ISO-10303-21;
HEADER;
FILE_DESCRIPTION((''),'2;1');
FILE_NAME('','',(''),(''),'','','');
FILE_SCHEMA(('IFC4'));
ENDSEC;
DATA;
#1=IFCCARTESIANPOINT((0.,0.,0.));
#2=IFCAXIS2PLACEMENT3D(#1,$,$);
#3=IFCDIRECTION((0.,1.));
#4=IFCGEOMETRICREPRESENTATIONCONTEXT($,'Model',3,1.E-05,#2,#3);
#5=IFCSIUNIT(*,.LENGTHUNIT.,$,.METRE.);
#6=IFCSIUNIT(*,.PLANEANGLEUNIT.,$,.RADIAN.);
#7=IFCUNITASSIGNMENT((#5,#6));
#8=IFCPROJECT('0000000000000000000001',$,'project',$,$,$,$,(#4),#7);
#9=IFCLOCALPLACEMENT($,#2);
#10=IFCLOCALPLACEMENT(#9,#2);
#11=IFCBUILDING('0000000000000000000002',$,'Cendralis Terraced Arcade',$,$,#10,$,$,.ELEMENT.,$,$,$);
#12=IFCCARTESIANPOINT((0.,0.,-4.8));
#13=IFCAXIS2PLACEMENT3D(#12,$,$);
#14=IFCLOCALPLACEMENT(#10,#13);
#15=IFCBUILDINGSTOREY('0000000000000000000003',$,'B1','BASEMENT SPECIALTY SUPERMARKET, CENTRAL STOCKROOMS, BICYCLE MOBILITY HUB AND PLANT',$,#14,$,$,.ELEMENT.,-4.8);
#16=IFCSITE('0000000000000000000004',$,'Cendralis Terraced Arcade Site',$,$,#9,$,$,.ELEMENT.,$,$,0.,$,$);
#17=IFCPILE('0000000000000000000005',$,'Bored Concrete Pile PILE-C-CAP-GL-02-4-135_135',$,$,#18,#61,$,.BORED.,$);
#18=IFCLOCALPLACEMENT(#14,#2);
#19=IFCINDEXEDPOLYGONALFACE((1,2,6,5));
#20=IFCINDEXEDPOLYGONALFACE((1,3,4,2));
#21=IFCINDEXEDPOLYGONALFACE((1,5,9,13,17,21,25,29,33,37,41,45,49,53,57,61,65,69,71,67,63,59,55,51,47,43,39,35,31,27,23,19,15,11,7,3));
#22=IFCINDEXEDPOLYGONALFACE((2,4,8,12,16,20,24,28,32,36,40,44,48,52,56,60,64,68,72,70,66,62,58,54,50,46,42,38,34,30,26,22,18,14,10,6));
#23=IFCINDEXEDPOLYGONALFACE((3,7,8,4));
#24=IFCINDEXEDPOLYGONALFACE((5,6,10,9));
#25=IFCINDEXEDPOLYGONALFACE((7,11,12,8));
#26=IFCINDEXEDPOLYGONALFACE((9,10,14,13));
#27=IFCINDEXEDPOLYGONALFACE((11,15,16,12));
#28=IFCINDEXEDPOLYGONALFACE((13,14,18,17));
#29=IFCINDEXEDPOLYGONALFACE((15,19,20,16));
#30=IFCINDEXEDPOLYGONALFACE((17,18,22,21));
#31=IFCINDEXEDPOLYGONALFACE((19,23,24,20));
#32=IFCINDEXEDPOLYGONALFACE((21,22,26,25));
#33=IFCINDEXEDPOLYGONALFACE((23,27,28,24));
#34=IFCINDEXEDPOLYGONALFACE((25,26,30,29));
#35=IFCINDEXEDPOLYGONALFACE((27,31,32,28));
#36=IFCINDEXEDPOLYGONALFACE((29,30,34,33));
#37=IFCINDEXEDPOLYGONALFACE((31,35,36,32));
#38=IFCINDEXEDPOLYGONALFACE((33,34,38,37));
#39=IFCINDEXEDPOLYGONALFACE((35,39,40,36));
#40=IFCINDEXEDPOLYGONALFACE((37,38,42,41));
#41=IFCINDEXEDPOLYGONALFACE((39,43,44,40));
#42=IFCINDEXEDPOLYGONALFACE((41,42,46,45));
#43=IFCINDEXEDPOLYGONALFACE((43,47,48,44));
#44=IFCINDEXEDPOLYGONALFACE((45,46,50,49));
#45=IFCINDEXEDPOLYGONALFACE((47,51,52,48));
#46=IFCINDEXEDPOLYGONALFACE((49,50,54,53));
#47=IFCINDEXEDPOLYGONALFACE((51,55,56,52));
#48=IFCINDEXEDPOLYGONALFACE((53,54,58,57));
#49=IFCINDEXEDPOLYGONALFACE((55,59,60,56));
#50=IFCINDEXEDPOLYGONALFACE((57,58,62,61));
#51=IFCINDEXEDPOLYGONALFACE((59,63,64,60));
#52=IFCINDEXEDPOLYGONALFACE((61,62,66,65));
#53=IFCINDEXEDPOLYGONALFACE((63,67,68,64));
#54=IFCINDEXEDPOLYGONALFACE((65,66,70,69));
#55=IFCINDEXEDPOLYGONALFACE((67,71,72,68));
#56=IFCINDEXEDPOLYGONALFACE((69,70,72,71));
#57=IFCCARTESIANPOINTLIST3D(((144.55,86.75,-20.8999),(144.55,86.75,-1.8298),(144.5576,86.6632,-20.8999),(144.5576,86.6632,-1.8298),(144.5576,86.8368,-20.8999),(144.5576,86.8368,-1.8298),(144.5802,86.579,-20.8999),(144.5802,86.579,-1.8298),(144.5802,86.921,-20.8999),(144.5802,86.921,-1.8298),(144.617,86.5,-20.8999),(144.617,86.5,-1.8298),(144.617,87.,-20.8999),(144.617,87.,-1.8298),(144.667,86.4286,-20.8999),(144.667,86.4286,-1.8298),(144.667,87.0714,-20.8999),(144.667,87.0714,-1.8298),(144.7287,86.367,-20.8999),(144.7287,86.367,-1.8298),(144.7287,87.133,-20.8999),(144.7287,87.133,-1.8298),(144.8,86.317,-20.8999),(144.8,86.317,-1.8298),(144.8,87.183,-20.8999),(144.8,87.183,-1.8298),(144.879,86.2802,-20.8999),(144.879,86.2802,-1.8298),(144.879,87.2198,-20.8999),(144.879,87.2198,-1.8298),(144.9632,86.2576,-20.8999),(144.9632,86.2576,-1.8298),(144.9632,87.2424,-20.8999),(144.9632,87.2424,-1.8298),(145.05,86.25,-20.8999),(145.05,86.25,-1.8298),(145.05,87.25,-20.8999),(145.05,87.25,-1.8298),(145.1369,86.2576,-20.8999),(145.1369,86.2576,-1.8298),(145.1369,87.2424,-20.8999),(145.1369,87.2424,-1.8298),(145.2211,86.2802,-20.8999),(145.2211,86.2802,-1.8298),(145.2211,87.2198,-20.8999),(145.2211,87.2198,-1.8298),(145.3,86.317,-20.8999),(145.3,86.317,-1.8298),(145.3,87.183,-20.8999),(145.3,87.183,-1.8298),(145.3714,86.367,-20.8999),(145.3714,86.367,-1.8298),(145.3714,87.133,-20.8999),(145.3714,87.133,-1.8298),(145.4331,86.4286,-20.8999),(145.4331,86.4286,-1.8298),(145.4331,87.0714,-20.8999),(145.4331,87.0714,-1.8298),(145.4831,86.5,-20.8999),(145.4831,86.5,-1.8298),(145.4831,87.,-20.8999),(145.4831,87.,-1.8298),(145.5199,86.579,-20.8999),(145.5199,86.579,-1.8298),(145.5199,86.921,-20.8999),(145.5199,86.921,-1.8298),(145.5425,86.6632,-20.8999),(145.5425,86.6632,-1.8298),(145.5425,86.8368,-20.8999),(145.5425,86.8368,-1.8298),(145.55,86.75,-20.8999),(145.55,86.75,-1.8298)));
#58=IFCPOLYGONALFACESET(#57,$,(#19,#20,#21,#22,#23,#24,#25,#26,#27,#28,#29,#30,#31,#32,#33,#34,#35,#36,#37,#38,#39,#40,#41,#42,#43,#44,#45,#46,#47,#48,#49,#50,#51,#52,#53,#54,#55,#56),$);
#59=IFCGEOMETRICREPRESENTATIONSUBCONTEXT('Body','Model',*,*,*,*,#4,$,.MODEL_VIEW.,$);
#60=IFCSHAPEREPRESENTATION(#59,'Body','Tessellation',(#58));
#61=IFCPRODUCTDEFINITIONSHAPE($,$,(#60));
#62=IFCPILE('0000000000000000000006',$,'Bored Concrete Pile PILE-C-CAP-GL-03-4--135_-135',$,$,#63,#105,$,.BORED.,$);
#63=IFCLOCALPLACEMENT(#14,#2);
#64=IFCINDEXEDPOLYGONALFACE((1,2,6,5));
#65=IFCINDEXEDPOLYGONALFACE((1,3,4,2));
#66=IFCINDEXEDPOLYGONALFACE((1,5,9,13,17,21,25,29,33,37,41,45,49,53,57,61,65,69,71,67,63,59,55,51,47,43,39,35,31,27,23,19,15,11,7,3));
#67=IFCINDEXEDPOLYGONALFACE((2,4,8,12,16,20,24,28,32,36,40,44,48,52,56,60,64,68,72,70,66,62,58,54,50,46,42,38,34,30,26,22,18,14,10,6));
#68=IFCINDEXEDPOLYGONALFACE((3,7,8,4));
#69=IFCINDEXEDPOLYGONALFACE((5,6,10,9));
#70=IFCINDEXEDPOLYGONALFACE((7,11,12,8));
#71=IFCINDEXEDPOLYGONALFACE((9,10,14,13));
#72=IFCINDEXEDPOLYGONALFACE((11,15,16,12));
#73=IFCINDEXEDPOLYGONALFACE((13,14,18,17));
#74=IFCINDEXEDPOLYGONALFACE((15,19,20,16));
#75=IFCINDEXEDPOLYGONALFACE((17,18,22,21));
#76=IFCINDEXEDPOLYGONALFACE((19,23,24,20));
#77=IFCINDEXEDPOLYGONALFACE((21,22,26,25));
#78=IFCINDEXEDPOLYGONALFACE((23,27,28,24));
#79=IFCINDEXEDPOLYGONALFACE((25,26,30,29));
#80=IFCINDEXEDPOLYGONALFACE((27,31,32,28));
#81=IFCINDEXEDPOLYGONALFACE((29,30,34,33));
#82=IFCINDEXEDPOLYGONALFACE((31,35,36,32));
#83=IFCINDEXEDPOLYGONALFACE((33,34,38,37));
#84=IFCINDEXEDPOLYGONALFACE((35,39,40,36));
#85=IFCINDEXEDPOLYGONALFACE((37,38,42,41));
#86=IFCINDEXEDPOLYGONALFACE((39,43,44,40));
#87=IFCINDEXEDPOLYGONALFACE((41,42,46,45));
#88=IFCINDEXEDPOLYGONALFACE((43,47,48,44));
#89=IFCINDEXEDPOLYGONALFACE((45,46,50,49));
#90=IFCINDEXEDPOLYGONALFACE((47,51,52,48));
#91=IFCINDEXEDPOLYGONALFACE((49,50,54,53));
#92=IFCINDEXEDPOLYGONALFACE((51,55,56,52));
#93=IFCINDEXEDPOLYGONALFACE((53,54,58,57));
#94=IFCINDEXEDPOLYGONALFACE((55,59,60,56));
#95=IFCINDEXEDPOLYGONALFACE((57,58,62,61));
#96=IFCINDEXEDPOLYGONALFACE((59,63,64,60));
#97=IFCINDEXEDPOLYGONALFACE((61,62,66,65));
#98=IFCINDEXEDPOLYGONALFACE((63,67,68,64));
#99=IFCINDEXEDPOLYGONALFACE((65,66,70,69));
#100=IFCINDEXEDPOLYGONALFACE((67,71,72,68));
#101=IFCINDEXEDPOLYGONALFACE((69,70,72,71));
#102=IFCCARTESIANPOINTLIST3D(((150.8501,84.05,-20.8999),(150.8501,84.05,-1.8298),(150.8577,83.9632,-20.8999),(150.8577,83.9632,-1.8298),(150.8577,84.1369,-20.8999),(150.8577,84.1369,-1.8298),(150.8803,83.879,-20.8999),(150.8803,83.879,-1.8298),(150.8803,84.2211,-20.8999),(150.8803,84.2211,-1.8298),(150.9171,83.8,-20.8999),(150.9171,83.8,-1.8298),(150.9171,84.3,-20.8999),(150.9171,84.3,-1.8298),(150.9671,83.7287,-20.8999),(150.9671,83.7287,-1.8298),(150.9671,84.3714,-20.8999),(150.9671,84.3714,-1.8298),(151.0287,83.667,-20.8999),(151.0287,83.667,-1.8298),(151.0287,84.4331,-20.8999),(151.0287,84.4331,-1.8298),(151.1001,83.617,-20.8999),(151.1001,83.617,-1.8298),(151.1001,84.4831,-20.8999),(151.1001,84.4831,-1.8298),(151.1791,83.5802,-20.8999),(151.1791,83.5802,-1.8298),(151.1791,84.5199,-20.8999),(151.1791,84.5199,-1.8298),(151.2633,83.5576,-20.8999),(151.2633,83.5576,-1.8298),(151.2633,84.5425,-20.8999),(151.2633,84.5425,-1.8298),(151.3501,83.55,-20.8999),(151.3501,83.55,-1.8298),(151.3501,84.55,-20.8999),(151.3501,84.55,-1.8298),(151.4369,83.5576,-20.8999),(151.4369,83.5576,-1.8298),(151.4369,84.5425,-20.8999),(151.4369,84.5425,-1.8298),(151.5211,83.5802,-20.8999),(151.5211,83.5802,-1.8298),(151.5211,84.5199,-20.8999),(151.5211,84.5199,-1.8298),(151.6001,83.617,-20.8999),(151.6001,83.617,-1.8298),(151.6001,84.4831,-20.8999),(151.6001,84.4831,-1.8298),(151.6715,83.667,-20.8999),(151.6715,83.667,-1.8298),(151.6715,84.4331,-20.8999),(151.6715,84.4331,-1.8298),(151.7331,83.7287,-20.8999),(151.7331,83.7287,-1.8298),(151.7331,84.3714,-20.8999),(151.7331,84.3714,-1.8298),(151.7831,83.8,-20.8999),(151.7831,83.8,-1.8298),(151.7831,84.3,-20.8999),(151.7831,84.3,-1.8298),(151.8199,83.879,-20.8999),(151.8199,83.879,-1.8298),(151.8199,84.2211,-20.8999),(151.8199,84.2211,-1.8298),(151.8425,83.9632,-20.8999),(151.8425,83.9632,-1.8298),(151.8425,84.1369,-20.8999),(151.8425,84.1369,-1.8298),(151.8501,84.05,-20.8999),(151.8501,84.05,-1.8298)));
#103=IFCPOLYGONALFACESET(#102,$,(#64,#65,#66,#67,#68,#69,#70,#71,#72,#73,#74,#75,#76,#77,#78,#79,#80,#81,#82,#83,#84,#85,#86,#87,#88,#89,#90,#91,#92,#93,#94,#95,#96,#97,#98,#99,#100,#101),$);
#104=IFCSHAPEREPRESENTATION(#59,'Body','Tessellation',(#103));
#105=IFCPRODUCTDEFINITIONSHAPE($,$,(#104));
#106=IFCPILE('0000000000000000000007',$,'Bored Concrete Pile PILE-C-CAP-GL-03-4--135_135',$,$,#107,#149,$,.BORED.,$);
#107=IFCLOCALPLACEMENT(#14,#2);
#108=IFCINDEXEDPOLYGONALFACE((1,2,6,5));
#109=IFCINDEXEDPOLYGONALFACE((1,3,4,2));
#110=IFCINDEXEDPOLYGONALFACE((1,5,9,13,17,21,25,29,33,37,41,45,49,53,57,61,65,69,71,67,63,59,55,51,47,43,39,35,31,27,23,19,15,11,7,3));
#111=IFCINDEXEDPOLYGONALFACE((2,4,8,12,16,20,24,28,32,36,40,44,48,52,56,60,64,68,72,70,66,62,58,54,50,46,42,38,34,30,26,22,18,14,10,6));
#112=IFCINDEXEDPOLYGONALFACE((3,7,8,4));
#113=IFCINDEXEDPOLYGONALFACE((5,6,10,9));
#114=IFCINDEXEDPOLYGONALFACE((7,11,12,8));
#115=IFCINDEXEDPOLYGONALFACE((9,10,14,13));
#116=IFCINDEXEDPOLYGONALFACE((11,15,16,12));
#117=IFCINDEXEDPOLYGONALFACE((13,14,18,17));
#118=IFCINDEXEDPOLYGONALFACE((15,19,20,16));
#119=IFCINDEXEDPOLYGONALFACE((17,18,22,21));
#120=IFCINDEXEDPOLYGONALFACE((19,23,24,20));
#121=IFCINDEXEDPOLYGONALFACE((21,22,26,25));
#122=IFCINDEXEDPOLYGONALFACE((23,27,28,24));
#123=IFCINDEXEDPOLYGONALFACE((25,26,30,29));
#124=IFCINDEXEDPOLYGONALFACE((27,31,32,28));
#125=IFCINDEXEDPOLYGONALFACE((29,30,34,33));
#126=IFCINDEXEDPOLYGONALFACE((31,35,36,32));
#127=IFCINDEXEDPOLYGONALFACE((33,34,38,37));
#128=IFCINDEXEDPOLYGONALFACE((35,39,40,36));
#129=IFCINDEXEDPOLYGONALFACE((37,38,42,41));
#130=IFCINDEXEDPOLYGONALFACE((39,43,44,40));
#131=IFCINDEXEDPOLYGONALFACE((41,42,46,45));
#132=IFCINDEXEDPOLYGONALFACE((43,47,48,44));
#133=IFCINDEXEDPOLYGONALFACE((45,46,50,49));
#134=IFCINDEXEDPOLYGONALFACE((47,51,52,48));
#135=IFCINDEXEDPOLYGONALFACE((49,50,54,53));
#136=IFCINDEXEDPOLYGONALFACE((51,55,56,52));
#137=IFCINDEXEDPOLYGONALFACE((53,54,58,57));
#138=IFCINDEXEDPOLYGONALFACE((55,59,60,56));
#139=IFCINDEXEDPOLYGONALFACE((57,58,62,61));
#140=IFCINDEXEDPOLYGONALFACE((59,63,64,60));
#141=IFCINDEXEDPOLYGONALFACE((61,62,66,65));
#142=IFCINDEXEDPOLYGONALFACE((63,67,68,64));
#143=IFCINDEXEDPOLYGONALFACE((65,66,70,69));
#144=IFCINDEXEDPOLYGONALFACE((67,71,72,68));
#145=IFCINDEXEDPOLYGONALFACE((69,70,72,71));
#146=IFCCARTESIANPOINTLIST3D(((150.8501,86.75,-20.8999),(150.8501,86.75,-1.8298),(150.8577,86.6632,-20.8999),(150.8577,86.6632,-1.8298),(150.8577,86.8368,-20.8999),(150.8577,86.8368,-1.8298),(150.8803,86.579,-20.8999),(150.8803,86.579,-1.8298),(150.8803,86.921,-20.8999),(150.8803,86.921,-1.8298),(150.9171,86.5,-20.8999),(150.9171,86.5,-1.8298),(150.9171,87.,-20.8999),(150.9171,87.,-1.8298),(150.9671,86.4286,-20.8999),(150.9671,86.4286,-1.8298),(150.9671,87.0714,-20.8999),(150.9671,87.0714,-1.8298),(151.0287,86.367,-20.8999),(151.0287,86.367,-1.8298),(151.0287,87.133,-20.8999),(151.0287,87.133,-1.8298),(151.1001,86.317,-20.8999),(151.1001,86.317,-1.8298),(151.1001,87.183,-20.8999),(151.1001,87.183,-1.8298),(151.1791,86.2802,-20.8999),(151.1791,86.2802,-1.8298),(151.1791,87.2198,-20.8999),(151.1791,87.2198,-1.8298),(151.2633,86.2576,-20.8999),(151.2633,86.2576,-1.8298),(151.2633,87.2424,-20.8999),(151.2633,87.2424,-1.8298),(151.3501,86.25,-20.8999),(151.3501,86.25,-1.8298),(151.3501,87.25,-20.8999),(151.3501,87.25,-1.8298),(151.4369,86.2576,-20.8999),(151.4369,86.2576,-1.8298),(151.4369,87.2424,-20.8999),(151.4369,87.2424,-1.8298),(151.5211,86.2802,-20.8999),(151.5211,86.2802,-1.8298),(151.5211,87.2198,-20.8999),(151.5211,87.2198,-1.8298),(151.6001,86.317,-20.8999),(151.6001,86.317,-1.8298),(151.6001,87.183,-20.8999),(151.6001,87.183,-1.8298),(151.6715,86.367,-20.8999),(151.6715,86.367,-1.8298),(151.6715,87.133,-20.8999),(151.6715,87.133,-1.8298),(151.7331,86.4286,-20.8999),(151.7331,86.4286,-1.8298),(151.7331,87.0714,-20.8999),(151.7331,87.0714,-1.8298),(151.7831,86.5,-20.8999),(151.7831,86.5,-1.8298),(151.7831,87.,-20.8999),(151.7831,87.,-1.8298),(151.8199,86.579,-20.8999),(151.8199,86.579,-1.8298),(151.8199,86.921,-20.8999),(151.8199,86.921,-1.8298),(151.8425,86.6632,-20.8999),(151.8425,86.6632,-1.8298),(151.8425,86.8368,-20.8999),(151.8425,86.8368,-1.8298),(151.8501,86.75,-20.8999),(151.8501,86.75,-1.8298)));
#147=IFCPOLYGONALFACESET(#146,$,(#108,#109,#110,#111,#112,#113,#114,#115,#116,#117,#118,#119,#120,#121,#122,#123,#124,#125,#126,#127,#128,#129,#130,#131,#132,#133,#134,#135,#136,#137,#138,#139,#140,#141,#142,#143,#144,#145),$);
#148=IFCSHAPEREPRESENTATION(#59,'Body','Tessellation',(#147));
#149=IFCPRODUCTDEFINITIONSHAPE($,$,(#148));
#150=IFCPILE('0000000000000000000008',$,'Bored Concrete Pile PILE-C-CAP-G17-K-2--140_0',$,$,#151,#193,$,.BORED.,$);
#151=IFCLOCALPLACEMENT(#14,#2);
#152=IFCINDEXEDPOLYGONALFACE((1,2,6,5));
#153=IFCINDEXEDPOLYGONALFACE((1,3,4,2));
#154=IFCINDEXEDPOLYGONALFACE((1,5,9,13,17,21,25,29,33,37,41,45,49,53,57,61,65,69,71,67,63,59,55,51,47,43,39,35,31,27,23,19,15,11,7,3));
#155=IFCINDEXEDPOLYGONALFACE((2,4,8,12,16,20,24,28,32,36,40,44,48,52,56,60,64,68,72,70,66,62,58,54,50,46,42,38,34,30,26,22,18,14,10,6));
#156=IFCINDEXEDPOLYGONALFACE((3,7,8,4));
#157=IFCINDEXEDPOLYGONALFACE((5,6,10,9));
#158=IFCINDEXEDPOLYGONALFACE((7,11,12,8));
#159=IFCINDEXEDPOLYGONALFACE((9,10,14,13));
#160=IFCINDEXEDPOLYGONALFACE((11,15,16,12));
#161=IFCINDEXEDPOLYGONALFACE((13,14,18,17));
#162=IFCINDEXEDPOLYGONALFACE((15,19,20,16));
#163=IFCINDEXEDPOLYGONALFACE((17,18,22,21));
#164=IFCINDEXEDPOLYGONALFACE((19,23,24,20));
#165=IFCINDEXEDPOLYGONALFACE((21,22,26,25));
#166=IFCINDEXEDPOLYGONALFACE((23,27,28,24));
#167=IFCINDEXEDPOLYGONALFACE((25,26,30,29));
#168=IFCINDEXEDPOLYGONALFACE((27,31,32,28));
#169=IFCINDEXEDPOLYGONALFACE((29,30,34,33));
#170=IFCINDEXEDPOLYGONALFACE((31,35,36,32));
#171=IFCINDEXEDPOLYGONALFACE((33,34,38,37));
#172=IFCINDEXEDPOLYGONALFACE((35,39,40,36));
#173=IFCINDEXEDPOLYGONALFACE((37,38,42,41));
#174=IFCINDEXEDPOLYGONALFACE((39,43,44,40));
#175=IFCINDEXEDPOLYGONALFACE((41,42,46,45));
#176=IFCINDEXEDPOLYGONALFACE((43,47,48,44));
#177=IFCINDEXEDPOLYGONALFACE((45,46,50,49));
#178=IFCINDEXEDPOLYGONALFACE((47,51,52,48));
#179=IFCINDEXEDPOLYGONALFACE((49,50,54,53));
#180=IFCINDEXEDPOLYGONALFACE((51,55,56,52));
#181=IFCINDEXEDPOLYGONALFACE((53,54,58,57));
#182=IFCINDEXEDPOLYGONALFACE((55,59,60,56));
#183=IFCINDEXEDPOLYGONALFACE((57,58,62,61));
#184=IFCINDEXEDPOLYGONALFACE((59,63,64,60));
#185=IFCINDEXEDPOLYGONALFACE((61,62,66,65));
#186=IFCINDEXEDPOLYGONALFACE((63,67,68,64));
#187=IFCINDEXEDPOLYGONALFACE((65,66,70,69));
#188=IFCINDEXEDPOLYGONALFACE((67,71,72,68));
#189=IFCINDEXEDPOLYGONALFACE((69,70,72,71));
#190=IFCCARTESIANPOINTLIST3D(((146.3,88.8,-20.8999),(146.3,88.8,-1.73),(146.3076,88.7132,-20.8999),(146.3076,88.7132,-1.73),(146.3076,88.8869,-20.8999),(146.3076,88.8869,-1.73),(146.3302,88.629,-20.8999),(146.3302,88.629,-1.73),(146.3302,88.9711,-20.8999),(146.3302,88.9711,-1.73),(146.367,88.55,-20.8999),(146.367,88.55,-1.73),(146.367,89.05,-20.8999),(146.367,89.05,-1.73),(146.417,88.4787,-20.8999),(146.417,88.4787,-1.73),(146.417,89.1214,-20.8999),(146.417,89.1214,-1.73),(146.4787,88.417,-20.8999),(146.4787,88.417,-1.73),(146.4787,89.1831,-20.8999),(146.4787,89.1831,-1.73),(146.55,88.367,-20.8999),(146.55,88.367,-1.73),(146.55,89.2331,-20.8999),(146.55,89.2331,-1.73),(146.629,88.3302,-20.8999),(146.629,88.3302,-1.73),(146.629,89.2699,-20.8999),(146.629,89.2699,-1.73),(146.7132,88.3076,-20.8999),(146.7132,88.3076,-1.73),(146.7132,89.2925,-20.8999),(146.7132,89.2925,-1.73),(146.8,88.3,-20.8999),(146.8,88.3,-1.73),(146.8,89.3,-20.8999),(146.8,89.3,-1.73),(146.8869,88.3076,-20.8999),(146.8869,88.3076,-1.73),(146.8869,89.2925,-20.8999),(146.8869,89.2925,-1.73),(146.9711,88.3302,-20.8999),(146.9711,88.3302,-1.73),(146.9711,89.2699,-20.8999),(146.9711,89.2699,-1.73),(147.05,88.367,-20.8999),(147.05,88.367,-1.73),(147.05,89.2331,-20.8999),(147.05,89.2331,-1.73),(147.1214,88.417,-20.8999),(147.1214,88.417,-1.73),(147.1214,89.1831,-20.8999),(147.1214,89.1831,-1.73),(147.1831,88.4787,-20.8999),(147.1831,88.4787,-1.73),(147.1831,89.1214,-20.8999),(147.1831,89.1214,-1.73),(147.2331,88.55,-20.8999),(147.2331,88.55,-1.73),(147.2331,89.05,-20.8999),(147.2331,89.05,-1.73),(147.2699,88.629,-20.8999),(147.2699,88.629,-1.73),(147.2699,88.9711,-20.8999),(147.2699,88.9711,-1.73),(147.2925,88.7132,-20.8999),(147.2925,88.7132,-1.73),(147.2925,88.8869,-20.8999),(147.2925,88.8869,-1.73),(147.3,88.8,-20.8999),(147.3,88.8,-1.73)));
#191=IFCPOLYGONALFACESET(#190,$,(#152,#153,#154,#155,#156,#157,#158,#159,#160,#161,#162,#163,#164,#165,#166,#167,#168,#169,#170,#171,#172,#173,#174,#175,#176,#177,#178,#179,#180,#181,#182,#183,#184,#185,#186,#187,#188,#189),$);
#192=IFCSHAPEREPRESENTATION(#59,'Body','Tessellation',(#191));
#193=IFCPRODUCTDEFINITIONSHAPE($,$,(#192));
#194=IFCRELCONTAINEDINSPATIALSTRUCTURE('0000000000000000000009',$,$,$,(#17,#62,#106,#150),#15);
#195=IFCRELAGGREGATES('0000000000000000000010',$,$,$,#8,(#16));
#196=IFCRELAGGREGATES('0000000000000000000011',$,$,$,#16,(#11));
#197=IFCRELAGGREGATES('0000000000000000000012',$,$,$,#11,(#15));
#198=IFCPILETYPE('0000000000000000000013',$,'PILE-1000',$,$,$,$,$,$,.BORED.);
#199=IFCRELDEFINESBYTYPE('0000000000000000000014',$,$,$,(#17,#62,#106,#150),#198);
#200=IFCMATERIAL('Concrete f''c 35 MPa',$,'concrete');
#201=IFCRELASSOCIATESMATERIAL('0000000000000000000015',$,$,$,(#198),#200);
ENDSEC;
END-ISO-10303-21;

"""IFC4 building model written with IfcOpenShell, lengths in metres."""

from ifc_helpers import new_model, si_unit, direction, frame, origin, origin_2d, place, context, subcontext, project, spatial, circle, extrude, material, material_profile, profile_set, type_object, element, save


model = new_model("IFC4")

# Units and contexts
model_context = context("Model", 3, precision=1e-05, world=origin(), true_north=direction((0.0, 1.0)))
body_context = subcontext(model_context, "Body", "Model", "MODEL_VIEW")
ifc_project = project(units=[si_unit("LENGTHUNIT", "METRE"), si_unit("PLANEANGLEUNIT", "RADIAN")], contexts=[model_context])

# Site, building, storey
site_placement = place(None, origin())
site = spatial("IfcSite", under=ifc_project, at=site_placement, Name="Cendralis Terraced Arcade Site", CompositionType="ELEMENT", RefElevation=0.0)
building_placement = place(site_placement, origin())
building = spatial("IfcBuilding", under=site, at=building_placement, Name="Cendralis Terraced Arcade", CompositionType="ELEMENT")
storey_placement = place(building_placement, frame((0.0, 0.0, -4.8)))
storey = spatial("IfcBuildingStorey", under=building, at=storey_placement, Name="B1", Description="BASEMENT SPECIALTY SUPERMARKET, CENTRAL STOCKROOMS, BICYCLE MOBILITY HUB AND PLANT", CompositionType="ELEMENT", Elevation=-4.8)

# Shared definitions
ifc_material_1 = material(Name="Concrete f'c 35 MPa", Category="concrete")

# Piles
ifc_material_profile_1 = material_profile(ifc_material_1, circle(Radius=0.5, at=origin_2d()), Name="PILE-D1000", Category="LoadBearing")
ifc_profile_set_1 = profile_set([ifc_material_profile_1], Name="Concrete f'c 35 MPa")
pile_type = type_object("IfcPileType", Name="PILE-1000", PredefinedType="BORED", material=ifc_profile_set_1)
for number, where, z_axis, x_axis, name in (
    (1, (145.05, 86.75, -1.8298), (0.0, 0.0, -1.0), (1.0, 0.0, 0.0), "Bored Concrete Pile PILE-C-CAP-GL-02-4-135_135"),
    (2, (151.3501, 84.05, -1.8298), (0.0, 0.0, -1.0), (1.0, 0.0, 0.0), "Bored Concrete Pile PILE-C-CAP-GL-03-4--135_-135"),
    (3, (151.3501, 86.75, -1.8298), (0.0, 0.0, -1.0), (1.0, 0.0, 0.0), "Bored Concrete Pile PILE-C-CAP-GL-03-4--135_135"),
):
    element("IfcPile", number, at=place(storey_placement, frame(where, z_axis=z_axis, x_axis=x_axis)), inside=storey, type_object=pile_type, Name=name, PredefinedType="BORED", context=body_context, shape_type="SweptSolid", body=[
        extrude(circle(Radius=0.5, at=origin_2d()), origin(), (0.0, 0.0, 1.0), 19.0701),
    ])
for number, where, z_axis, x_axis, name in (
    (4, (146.8, 88.8, -1.73), (0.0, 0.0, -1.0), (1.0, 0.0, 0.0), "Bored Concrete Pile PILE-C-CAP-G17-K-2--140_0"),
):
    element("IfcPile", number, at=place(storey_placement, frame(where, z_axis=z_axis, x_axis=x_axis)), inside=storey, type_object=pile_type, Name=name, PredefinedType="BORED", context=body_context, shape_type="SweptSolid", body=[
        extrude(circle(Radius=0.5, at=origin_2d()), origin(), (0.0, 0.0, 1.0), 19.1699),
    ])

save(model, "model.ifc")
